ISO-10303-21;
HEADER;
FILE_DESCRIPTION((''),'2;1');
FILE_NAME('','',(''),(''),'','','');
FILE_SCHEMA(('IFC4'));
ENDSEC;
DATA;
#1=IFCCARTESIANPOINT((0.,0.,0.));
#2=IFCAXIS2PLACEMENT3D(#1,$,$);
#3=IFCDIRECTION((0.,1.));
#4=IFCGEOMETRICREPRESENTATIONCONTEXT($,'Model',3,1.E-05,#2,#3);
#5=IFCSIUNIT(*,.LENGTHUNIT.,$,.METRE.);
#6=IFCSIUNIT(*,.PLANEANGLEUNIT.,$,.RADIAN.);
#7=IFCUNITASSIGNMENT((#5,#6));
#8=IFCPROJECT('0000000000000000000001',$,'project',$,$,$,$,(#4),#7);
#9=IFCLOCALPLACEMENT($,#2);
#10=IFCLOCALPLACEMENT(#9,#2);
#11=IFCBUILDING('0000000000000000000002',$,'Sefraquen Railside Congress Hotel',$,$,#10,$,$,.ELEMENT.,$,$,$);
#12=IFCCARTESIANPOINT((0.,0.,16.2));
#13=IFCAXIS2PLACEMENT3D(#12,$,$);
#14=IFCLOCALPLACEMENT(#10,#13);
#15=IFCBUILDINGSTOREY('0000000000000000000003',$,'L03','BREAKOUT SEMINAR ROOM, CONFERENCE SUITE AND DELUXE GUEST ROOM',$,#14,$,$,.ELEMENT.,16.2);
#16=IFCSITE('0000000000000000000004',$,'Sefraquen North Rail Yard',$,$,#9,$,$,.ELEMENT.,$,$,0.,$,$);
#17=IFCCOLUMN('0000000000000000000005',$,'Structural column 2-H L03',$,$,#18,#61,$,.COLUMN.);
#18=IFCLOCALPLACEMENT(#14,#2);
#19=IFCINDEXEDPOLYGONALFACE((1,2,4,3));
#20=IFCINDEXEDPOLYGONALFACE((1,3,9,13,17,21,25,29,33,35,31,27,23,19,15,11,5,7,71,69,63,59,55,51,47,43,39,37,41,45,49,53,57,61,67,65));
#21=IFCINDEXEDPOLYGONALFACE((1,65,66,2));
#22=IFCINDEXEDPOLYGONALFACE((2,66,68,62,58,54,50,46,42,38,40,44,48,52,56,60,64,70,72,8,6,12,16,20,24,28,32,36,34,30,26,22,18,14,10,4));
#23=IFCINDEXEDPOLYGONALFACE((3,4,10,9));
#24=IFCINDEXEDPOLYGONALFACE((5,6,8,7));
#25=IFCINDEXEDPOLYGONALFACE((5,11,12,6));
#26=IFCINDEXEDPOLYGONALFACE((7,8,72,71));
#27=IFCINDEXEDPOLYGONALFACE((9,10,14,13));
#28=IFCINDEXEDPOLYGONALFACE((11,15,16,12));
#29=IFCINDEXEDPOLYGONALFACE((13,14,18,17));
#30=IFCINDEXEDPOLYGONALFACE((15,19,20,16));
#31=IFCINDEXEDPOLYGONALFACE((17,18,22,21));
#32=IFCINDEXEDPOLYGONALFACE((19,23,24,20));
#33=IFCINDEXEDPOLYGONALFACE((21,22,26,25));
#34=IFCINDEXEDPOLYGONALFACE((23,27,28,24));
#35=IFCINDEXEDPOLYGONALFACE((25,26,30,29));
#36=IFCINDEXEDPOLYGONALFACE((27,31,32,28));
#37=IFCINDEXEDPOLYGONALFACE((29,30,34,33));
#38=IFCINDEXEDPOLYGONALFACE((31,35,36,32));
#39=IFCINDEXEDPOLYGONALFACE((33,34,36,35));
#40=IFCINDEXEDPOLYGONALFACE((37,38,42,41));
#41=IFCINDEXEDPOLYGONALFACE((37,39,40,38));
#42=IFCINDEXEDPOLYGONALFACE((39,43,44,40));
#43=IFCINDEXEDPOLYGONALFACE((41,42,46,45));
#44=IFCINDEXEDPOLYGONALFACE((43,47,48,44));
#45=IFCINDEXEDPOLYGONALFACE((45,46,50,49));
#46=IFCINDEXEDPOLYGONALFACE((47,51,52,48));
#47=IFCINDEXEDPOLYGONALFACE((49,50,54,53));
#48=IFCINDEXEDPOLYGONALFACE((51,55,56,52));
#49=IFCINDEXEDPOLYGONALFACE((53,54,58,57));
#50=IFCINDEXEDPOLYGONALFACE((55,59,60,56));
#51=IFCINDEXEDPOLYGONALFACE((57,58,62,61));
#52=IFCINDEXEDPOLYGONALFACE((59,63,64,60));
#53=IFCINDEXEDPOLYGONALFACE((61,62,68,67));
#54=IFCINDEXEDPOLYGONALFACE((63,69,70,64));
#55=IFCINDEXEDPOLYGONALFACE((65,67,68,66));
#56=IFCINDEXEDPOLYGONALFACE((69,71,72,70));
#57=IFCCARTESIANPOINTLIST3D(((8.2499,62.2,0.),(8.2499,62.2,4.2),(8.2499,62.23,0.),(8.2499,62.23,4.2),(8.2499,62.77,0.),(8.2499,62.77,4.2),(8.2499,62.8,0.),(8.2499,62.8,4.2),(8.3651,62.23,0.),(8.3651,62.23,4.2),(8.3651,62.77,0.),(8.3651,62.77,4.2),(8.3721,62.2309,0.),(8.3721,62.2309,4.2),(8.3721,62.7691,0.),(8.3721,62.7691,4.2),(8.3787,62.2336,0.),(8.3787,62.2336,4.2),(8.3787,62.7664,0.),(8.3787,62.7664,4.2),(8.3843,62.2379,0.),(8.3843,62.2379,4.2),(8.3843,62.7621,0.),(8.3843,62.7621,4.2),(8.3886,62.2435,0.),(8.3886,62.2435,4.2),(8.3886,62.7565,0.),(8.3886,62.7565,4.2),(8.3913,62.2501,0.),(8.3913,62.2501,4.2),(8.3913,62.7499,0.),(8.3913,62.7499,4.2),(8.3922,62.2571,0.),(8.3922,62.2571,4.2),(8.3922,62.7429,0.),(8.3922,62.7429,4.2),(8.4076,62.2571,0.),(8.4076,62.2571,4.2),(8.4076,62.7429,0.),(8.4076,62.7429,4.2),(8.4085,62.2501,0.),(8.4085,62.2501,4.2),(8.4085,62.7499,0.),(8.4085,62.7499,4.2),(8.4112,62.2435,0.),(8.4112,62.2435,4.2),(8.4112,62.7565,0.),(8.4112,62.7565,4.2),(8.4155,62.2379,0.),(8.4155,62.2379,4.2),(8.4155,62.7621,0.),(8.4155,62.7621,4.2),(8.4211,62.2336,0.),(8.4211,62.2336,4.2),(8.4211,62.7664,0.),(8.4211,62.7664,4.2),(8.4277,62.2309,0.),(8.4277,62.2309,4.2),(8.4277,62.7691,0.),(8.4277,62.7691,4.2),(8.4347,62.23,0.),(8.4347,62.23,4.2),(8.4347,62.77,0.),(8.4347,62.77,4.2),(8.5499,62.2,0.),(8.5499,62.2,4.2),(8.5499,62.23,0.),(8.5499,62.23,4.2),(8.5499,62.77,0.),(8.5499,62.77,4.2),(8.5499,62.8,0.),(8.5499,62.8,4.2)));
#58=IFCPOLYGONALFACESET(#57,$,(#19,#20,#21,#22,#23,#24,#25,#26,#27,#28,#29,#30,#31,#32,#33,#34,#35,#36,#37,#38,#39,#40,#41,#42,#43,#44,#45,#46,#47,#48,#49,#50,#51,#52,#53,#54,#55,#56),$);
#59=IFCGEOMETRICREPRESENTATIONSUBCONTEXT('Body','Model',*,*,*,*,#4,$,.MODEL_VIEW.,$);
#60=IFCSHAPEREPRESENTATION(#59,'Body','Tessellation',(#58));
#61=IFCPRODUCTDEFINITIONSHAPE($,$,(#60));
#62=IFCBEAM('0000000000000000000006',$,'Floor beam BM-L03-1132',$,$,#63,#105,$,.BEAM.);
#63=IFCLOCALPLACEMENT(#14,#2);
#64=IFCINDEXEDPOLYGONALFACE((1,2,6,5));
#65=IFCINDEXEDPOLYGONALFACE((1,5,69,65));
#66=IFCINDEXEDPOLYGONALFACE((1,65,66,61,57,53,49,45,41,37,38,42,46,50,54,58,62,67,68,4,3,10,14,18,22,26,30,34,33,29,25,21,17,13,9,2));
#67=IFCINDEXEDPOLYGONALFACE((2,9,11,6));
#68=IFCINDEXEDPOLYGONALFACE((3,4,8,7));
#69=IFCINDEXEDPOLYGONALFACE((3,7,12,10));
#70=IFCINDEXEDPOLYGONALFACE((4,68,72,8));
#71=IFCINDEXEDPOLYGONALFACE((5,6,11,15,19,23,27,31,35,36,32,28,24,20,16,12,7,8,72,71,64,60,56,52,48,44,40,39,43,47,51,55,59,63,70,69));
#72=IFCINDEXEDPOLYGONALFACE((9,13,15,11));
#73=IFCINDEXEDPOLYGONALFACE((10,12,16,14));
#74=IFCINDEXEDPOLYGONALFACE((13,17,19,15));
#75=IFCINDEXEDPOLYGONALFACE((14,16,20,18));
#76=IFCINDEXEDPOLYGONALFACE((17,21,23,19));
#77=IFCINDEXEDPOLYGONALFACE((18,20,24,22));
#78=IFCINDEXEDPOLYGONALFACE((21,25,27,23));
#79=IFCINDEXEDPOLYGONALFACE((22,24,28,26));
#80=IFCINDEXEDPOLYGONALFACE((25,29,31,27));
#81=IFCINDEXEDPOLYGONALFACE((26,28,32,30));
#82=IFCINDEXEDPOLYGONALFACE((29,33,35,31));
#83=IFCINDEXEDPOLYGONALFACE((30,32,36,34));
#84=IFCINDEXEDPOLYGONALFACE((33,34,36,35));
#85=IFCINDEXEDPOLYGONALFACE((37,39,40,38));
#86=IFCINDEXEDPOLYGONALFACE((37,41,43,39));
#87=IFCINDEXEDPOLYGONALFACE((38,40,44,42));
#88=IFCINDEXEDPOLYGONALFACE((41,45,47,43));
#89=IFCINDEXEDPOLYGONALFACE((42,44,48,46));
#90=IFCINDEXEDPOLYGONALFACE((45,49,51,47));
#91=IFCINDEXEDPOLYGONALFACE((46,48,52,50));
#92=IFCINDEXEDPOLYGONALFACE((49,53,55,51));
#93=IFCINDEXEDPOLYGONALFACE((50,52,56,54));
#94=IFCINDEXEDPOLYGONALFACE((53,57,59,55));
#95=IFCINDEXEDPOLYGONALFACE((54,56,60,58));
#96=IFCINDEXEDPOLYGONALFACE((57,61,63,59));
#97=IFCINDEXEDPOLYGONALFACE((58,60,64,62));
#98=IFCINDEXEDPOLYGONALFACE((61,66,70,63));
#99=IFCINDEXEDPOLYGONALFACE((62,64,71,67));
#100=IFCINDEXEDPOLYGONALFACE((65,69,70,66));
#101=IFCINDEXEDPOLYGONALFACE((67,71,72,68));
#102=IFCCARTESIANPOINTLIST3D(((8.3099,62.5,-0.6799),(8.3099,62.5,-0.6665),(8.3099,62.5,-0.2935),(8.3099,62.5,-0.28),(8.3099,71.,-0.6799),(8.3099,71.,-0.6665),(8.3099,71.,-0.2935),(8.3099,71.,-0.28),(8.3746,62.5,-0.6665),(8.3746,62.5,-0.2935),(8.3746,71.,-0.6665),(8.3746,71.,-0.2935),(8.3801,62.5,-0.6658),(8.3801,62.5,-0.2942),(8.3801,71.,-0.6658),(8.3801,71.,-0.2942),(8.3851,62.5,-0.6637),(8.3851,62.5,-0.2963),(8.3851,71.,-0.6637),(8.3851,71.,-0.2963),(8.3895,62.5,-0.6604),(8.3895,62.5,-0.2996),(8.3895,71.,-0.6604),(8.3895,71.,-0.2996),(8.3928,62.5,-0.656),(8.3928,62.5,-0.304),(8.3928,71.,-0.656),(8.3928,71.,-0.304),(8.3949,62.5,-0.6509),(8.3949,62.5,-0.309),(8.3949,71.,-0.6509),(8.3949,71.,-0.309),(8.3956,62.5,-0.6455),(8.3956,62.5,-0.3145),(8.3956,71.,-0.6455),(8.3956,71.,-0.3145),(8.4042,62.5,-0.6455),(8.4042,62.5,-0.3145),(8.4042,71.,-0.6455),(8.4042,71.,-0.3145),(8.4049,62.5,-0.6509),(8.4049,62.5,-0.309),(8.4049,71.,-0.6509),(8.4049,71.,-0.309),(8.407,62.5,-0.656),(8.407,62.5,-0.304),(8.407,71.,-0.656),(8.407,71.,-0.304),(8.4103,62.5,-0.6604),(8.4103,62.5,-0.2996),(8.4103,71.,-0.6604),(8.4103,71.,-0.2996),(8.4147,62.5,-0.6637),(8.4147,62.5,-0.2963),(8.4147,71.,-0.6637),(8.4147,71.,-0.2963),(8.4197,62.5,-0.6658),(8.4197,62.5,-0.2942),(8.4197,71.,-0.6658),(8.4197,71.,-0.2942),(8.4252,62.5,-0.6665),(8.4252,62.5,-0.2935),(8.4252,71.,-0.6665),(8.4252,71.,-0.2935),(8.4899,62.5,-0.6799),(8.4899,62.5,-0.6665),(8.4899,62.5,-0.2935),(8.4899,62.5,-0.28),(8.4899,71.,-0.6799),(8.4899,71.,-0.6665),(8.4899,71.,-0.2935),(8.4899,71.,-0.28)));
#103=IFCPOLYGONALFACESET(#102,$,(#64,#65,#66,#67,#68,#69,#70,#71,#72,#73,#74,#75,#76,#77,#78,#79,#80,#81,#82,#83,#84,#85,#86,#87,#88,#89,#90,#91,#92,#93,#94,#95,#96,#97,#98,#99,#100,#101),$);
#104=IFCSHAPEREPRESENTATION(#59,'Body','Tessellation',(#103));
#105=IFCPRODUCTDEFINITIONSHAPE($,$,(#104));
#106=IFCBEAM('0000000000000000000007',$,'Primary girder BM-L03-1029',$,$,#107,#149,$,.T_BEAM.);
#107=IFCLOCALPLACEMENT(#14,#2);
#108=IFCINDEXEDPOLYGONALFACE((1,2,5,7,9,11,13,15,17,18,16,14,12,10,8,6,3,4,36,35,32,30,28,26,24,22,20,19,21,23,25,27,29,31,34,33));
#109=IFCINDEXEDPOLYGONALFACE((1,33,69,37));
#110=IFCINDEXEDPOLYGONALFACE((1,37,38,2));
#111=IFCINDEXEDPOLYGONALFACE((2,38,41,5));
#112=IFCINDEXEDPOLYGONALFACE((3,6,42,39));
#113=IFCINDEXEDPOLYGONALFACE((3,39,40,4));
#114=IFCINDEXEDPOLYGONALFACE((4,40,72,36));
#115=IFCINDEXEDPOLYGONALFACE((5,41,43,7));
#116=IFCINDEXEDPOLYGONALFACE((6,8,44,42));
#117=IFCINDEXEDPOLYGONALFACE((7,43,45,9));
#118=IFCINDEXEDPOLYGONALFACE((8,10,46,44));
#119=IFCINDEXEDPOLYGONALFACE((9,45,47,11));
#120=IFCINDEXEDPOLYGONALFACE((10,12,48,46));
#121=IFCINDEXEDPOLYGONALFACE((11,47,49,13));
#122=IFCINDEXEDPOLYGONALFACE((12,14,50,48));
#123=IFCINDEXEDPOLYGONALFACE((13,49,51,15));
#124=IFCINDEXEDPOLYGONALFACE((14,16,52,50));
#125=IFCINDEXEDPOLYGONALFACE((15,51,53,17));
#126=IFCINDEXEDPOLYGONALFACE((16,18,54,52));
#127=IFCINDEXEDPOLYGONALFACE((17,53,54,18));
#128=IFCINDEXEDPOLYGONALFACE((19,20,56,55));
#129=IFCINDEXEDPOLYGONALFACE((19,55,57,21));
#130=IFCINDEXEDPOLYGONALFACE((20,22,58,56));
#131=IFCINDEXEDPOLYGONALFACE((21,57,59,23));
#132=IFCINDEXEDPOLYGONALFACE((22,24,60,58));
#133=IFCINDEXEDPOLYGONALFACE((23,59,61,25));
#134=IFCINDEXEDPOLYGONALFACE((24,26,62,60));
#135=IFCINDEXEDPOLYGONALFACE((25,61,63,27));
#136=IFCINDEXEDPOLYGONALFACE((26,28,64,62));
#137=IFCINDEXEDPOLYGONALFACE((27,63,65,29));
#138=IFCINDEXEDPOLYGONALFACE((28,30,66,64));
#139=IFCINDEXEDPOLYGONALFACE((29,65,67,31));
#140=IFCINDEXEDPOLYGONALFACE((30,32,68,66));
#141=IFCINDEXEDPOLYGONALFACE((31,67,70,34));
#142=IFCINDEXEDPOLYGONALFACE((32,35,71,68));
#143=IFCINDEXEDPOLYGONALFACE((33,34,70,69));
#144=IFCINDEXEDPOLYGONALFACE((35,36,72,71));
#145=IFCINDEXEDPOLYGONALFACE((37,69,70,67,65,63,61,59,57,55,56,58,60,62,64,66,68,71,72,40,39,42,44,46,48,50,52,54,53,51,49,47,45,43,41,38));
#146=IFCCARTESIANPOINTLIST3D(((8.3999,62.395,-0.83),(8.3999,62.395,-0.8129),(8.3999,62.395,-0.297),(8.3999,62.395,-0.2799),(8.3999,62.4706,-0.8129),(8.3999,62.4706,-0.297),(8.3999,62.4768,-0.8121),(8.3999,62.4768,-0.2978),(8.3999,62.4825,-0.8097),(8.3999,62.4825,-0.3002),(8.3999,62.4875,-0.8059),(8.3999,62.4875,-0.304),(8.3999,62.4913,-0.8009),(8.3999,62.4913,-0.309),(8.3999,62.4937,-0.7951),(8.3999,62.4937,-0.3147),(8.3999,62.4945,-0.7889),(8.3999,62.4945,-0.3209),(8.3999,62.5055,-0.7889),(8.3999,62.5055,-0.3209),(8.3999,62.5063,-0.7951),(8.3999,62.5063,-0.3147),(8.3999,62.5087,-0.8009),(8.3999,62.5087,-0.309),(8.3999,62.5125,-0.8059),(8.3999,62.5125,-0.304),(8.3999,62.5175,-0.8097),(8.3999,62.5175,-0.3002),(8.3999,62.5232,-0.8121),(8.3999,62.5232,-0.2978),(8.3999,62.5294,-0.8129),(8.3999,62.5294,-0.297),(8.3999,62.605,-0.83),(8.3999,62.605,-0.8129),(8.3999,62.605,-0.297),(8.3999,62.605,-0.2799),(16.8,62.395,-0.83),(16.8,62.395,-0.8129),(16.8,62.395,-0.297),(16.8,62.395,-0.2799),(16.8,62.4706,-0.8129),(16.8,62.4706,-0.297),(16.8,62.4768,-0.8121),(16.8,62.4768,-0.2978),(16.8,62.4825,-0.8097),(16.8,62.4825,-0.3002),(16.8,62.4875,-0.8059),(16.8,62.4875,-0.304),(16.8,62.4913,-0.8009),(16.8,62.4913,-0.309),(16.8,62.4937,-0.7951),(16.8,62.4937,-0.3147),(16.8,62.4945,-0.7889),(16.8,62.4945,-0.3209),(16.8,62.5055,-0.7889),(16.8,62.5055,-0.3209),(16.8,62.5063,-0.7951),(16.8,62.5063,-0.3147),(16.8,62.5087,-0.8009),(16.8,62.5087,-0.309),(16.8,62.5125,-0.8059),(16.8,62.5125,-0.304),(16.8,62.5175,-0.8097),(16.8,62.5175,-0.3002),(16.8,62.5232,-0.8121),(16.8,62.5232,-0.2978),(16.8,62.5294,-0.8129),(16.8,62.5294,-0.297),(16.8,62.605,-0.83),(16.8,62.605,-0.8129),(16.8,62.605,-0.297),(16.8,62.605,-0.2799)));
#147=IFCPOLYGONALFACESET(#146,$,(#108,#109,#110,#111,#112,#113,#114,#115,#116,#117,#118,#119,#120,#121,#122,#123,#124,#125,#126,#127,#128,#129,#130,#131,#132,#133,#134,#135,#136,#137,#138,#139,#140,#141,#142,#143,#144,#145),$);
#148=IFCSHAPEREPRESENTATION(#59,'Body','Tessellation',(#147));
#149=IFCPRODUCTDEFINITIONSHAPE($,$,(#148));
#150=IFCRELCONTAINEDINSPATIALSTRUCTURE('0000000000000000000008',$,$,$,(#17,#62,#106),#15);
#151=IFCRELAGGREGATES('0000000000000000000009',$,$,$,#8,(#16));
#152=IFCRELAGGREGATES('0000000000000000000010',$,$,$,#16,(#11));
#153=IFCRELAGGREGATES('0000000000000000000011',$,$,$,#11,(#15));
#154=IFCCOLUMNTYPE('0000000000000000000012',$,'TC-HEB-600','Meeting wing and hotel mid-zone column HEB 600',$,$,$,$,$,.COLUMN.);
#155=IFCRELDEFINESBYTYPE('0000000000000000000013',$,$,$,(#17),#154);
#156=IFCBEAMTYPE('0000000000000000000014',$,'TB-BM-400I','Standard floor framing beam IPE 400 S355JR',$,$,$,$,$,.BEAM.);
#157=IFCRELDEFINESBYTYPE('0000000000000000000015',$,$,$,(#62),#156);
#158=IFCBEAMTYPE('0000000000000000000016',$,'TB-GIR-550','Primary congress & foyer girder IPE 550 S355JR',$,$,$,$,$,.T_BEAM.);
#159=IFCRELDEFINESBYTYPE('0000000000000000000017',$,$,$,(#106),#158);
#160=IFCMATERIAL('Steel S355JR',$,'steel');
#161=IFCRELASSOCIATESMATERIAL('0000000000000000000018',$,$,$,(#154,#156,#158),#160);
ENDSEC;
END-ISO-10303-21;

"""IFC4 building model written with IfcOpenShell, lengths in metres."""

from ifc_helpers import new_model, si_unit, direction, frame, origin, origin_2d, place, context, subcontext, project, spatial, i_section, extrude, material, material_profile, profile_set, type_object, element, save


model = new_model("IFC4")

# Units and contexts
model_context = context("Model", 3, precision=1e-05, world=origin(), true_north=direction((0.0, 1.0)))
body_context = subcontext(model_context, "Body", "Model", "MODEL_VIEW")
ifc_project = project(units=[si_unit("LENGTHUNIT", "METRE"), si_unit("PLANEANGLEUNIT", "RADIAN")], contexts=[model_context])

# Site, building, storey
site_placement = place(None, origin())
site = spatial("IfcSite", under=ifc_project, at=site_placement, Name="Sefraquen North Rail Yard", CompositionType="ELEMENT", RefElevation=0.0)
building_placement = place(site_placement, origin())
building = spatial("IfcBuilding", under=site, at=building_placement, Name="Sefraquen Railside Congress Hotel", CompositionType="ELEMENT")
storey_placement = place(building_placement, frame((0.0, 0.0, 16.2)))
storey = spatial("IfcBuildingStorey", under=building, at=storey_placement, Name="L03", Description="BREAKOUT SEMINAR ROOM, CONFERENCE SUITE AND DELUXE GUEST ROOM", CompositionType="ELEMENT", Elevation=16.2)

# Column
ifc_material_1 = material(Name="Steel S355JR", Category="steel")
ifc_material_profile_1 = material_profile(ifc_material_1, i_section(OverallWidth=0.3, OverallDepth=0.6001, WebThickness=0.0154, FlangeThickness=0.03, FilletRadius=0.0271, at=origin_2d()), Name="HEB 600")
ifc_profile_set_1 = profile_set([ifc_material_profile_1], Name="Steel S355JR")
column_type = type_object("IfcColumnType", Name="TC-HEB-600", Description="Meeting wing and hotel mid-zone column HEB 600", PredefinedType="COLUMN", material=ifc_profile_set_1)
column_placement = place(storey_placement, frame((8.3999, 62.5, 0.0), z_axis=(0.0, 0.0, 1.0), x_axis=(1.0, 0.0, 0.0)))
element("IfcColumn", 1, at=column_placement, inside=storey, type_object=column_type, Name="Structural column 2-H L03", PredefinedType="COLUMN", context=body_context, shape_type="SweptSolid", body=[
    extrude(i_section(OverallWidth=0.3, OverallDepth=0.6001, WebThickness=0.0154, FlangeThickness=0.03, FilletRadius=0.0271, at=origin_2d()), origin(), (0.0, 0.0, 1.0), 4.2),
])

# Beams
ifc_material_profile_2 = material_profile(ifc_material_1, i_section(OverallWidth=0.1799, OverallDepth=0.3999, WebThickness=0.0085, FlangeThickness=0.0134, FilletRadius=0.021, at=origin_2d()), Name="IPE 400")
ifc_profile_set_2 = profile_set([ifc_material_profile_2], Name="Steel S355JR")
beam_type_1 = type_object("IfcBeamType", Name="TB-BM-400I", Description="Standard floor framing beam IPE 400 S355JR", PredefinedType="BEAM", material=ifc_profile_set_2)
beam_1_placement = place(storey_placement, frame((8.3999, 62.5, -0.48), z_axis=(0.0, 1.0, 0.0), x_axis=(-1.0, 0.0, 0.0)))
element("IfcBeam", 2, at=beam_1_placement, inside=storey, type_object=beam_type_1, Name="Floor beam BM-L03-1132", PredefinedType="BEAM", context=body_context, shape_type="SweptSolid", body=[
    extrude(i_section(OverallWidth=0.1799, OverallDepth=0.3999, WebThickness=0.0085, FlangeThickness=0.0134, FilletRadius=0.021, at=origin_2d()), origin(), (0.0, 0.0, 1.0), 8.5),
])
ifc_material_profile_3 = material_profile(ifc_material_1, i_section(OverallWidth=0.21, OverallDepth=0.55, WebThickness=0.011, FlangeThickness=0.0171, FilletRadius=0.0239, at=origin_2d()), Name="IPE 550")
ifc_profile_set_3 = profile_set([ifc_material_profile_3], Name="Steel S355JR")
beam_type_2 = type_object("IfcBeamType", Name="TB-GIR-550", Description="Primary congress & foyer girder IPE 550 S355JR", PredefinedType="T_BEAM", material=ifc_profile_set_3)
beam_2_placement = place(storey_placement, frame((8.3999, 62.5, -0.5549), z_axis=(1.0, 0.0, 0.0), x_axis=(0.0, 1.0, 0.0)))
element("IfcBeam", 3, at=beam_2_placement, inside=storey, type_object=beam_type_2, Name="Primary girder BM-L03-1029", PredefinedType="T_BEAM", context=body_context, shape_type="SweptSolid", body=[
    extrude(i_section(OverallWidth=0.21, OverallDepth=0.55, WebThickness=0.011, FlangeThickness=0.0171, FilletRadius=0.0239, at=origin_2d()), origin(), (0.0, 0.0, 1.0), 8.4001),
])

save(model, "model.ifc")
